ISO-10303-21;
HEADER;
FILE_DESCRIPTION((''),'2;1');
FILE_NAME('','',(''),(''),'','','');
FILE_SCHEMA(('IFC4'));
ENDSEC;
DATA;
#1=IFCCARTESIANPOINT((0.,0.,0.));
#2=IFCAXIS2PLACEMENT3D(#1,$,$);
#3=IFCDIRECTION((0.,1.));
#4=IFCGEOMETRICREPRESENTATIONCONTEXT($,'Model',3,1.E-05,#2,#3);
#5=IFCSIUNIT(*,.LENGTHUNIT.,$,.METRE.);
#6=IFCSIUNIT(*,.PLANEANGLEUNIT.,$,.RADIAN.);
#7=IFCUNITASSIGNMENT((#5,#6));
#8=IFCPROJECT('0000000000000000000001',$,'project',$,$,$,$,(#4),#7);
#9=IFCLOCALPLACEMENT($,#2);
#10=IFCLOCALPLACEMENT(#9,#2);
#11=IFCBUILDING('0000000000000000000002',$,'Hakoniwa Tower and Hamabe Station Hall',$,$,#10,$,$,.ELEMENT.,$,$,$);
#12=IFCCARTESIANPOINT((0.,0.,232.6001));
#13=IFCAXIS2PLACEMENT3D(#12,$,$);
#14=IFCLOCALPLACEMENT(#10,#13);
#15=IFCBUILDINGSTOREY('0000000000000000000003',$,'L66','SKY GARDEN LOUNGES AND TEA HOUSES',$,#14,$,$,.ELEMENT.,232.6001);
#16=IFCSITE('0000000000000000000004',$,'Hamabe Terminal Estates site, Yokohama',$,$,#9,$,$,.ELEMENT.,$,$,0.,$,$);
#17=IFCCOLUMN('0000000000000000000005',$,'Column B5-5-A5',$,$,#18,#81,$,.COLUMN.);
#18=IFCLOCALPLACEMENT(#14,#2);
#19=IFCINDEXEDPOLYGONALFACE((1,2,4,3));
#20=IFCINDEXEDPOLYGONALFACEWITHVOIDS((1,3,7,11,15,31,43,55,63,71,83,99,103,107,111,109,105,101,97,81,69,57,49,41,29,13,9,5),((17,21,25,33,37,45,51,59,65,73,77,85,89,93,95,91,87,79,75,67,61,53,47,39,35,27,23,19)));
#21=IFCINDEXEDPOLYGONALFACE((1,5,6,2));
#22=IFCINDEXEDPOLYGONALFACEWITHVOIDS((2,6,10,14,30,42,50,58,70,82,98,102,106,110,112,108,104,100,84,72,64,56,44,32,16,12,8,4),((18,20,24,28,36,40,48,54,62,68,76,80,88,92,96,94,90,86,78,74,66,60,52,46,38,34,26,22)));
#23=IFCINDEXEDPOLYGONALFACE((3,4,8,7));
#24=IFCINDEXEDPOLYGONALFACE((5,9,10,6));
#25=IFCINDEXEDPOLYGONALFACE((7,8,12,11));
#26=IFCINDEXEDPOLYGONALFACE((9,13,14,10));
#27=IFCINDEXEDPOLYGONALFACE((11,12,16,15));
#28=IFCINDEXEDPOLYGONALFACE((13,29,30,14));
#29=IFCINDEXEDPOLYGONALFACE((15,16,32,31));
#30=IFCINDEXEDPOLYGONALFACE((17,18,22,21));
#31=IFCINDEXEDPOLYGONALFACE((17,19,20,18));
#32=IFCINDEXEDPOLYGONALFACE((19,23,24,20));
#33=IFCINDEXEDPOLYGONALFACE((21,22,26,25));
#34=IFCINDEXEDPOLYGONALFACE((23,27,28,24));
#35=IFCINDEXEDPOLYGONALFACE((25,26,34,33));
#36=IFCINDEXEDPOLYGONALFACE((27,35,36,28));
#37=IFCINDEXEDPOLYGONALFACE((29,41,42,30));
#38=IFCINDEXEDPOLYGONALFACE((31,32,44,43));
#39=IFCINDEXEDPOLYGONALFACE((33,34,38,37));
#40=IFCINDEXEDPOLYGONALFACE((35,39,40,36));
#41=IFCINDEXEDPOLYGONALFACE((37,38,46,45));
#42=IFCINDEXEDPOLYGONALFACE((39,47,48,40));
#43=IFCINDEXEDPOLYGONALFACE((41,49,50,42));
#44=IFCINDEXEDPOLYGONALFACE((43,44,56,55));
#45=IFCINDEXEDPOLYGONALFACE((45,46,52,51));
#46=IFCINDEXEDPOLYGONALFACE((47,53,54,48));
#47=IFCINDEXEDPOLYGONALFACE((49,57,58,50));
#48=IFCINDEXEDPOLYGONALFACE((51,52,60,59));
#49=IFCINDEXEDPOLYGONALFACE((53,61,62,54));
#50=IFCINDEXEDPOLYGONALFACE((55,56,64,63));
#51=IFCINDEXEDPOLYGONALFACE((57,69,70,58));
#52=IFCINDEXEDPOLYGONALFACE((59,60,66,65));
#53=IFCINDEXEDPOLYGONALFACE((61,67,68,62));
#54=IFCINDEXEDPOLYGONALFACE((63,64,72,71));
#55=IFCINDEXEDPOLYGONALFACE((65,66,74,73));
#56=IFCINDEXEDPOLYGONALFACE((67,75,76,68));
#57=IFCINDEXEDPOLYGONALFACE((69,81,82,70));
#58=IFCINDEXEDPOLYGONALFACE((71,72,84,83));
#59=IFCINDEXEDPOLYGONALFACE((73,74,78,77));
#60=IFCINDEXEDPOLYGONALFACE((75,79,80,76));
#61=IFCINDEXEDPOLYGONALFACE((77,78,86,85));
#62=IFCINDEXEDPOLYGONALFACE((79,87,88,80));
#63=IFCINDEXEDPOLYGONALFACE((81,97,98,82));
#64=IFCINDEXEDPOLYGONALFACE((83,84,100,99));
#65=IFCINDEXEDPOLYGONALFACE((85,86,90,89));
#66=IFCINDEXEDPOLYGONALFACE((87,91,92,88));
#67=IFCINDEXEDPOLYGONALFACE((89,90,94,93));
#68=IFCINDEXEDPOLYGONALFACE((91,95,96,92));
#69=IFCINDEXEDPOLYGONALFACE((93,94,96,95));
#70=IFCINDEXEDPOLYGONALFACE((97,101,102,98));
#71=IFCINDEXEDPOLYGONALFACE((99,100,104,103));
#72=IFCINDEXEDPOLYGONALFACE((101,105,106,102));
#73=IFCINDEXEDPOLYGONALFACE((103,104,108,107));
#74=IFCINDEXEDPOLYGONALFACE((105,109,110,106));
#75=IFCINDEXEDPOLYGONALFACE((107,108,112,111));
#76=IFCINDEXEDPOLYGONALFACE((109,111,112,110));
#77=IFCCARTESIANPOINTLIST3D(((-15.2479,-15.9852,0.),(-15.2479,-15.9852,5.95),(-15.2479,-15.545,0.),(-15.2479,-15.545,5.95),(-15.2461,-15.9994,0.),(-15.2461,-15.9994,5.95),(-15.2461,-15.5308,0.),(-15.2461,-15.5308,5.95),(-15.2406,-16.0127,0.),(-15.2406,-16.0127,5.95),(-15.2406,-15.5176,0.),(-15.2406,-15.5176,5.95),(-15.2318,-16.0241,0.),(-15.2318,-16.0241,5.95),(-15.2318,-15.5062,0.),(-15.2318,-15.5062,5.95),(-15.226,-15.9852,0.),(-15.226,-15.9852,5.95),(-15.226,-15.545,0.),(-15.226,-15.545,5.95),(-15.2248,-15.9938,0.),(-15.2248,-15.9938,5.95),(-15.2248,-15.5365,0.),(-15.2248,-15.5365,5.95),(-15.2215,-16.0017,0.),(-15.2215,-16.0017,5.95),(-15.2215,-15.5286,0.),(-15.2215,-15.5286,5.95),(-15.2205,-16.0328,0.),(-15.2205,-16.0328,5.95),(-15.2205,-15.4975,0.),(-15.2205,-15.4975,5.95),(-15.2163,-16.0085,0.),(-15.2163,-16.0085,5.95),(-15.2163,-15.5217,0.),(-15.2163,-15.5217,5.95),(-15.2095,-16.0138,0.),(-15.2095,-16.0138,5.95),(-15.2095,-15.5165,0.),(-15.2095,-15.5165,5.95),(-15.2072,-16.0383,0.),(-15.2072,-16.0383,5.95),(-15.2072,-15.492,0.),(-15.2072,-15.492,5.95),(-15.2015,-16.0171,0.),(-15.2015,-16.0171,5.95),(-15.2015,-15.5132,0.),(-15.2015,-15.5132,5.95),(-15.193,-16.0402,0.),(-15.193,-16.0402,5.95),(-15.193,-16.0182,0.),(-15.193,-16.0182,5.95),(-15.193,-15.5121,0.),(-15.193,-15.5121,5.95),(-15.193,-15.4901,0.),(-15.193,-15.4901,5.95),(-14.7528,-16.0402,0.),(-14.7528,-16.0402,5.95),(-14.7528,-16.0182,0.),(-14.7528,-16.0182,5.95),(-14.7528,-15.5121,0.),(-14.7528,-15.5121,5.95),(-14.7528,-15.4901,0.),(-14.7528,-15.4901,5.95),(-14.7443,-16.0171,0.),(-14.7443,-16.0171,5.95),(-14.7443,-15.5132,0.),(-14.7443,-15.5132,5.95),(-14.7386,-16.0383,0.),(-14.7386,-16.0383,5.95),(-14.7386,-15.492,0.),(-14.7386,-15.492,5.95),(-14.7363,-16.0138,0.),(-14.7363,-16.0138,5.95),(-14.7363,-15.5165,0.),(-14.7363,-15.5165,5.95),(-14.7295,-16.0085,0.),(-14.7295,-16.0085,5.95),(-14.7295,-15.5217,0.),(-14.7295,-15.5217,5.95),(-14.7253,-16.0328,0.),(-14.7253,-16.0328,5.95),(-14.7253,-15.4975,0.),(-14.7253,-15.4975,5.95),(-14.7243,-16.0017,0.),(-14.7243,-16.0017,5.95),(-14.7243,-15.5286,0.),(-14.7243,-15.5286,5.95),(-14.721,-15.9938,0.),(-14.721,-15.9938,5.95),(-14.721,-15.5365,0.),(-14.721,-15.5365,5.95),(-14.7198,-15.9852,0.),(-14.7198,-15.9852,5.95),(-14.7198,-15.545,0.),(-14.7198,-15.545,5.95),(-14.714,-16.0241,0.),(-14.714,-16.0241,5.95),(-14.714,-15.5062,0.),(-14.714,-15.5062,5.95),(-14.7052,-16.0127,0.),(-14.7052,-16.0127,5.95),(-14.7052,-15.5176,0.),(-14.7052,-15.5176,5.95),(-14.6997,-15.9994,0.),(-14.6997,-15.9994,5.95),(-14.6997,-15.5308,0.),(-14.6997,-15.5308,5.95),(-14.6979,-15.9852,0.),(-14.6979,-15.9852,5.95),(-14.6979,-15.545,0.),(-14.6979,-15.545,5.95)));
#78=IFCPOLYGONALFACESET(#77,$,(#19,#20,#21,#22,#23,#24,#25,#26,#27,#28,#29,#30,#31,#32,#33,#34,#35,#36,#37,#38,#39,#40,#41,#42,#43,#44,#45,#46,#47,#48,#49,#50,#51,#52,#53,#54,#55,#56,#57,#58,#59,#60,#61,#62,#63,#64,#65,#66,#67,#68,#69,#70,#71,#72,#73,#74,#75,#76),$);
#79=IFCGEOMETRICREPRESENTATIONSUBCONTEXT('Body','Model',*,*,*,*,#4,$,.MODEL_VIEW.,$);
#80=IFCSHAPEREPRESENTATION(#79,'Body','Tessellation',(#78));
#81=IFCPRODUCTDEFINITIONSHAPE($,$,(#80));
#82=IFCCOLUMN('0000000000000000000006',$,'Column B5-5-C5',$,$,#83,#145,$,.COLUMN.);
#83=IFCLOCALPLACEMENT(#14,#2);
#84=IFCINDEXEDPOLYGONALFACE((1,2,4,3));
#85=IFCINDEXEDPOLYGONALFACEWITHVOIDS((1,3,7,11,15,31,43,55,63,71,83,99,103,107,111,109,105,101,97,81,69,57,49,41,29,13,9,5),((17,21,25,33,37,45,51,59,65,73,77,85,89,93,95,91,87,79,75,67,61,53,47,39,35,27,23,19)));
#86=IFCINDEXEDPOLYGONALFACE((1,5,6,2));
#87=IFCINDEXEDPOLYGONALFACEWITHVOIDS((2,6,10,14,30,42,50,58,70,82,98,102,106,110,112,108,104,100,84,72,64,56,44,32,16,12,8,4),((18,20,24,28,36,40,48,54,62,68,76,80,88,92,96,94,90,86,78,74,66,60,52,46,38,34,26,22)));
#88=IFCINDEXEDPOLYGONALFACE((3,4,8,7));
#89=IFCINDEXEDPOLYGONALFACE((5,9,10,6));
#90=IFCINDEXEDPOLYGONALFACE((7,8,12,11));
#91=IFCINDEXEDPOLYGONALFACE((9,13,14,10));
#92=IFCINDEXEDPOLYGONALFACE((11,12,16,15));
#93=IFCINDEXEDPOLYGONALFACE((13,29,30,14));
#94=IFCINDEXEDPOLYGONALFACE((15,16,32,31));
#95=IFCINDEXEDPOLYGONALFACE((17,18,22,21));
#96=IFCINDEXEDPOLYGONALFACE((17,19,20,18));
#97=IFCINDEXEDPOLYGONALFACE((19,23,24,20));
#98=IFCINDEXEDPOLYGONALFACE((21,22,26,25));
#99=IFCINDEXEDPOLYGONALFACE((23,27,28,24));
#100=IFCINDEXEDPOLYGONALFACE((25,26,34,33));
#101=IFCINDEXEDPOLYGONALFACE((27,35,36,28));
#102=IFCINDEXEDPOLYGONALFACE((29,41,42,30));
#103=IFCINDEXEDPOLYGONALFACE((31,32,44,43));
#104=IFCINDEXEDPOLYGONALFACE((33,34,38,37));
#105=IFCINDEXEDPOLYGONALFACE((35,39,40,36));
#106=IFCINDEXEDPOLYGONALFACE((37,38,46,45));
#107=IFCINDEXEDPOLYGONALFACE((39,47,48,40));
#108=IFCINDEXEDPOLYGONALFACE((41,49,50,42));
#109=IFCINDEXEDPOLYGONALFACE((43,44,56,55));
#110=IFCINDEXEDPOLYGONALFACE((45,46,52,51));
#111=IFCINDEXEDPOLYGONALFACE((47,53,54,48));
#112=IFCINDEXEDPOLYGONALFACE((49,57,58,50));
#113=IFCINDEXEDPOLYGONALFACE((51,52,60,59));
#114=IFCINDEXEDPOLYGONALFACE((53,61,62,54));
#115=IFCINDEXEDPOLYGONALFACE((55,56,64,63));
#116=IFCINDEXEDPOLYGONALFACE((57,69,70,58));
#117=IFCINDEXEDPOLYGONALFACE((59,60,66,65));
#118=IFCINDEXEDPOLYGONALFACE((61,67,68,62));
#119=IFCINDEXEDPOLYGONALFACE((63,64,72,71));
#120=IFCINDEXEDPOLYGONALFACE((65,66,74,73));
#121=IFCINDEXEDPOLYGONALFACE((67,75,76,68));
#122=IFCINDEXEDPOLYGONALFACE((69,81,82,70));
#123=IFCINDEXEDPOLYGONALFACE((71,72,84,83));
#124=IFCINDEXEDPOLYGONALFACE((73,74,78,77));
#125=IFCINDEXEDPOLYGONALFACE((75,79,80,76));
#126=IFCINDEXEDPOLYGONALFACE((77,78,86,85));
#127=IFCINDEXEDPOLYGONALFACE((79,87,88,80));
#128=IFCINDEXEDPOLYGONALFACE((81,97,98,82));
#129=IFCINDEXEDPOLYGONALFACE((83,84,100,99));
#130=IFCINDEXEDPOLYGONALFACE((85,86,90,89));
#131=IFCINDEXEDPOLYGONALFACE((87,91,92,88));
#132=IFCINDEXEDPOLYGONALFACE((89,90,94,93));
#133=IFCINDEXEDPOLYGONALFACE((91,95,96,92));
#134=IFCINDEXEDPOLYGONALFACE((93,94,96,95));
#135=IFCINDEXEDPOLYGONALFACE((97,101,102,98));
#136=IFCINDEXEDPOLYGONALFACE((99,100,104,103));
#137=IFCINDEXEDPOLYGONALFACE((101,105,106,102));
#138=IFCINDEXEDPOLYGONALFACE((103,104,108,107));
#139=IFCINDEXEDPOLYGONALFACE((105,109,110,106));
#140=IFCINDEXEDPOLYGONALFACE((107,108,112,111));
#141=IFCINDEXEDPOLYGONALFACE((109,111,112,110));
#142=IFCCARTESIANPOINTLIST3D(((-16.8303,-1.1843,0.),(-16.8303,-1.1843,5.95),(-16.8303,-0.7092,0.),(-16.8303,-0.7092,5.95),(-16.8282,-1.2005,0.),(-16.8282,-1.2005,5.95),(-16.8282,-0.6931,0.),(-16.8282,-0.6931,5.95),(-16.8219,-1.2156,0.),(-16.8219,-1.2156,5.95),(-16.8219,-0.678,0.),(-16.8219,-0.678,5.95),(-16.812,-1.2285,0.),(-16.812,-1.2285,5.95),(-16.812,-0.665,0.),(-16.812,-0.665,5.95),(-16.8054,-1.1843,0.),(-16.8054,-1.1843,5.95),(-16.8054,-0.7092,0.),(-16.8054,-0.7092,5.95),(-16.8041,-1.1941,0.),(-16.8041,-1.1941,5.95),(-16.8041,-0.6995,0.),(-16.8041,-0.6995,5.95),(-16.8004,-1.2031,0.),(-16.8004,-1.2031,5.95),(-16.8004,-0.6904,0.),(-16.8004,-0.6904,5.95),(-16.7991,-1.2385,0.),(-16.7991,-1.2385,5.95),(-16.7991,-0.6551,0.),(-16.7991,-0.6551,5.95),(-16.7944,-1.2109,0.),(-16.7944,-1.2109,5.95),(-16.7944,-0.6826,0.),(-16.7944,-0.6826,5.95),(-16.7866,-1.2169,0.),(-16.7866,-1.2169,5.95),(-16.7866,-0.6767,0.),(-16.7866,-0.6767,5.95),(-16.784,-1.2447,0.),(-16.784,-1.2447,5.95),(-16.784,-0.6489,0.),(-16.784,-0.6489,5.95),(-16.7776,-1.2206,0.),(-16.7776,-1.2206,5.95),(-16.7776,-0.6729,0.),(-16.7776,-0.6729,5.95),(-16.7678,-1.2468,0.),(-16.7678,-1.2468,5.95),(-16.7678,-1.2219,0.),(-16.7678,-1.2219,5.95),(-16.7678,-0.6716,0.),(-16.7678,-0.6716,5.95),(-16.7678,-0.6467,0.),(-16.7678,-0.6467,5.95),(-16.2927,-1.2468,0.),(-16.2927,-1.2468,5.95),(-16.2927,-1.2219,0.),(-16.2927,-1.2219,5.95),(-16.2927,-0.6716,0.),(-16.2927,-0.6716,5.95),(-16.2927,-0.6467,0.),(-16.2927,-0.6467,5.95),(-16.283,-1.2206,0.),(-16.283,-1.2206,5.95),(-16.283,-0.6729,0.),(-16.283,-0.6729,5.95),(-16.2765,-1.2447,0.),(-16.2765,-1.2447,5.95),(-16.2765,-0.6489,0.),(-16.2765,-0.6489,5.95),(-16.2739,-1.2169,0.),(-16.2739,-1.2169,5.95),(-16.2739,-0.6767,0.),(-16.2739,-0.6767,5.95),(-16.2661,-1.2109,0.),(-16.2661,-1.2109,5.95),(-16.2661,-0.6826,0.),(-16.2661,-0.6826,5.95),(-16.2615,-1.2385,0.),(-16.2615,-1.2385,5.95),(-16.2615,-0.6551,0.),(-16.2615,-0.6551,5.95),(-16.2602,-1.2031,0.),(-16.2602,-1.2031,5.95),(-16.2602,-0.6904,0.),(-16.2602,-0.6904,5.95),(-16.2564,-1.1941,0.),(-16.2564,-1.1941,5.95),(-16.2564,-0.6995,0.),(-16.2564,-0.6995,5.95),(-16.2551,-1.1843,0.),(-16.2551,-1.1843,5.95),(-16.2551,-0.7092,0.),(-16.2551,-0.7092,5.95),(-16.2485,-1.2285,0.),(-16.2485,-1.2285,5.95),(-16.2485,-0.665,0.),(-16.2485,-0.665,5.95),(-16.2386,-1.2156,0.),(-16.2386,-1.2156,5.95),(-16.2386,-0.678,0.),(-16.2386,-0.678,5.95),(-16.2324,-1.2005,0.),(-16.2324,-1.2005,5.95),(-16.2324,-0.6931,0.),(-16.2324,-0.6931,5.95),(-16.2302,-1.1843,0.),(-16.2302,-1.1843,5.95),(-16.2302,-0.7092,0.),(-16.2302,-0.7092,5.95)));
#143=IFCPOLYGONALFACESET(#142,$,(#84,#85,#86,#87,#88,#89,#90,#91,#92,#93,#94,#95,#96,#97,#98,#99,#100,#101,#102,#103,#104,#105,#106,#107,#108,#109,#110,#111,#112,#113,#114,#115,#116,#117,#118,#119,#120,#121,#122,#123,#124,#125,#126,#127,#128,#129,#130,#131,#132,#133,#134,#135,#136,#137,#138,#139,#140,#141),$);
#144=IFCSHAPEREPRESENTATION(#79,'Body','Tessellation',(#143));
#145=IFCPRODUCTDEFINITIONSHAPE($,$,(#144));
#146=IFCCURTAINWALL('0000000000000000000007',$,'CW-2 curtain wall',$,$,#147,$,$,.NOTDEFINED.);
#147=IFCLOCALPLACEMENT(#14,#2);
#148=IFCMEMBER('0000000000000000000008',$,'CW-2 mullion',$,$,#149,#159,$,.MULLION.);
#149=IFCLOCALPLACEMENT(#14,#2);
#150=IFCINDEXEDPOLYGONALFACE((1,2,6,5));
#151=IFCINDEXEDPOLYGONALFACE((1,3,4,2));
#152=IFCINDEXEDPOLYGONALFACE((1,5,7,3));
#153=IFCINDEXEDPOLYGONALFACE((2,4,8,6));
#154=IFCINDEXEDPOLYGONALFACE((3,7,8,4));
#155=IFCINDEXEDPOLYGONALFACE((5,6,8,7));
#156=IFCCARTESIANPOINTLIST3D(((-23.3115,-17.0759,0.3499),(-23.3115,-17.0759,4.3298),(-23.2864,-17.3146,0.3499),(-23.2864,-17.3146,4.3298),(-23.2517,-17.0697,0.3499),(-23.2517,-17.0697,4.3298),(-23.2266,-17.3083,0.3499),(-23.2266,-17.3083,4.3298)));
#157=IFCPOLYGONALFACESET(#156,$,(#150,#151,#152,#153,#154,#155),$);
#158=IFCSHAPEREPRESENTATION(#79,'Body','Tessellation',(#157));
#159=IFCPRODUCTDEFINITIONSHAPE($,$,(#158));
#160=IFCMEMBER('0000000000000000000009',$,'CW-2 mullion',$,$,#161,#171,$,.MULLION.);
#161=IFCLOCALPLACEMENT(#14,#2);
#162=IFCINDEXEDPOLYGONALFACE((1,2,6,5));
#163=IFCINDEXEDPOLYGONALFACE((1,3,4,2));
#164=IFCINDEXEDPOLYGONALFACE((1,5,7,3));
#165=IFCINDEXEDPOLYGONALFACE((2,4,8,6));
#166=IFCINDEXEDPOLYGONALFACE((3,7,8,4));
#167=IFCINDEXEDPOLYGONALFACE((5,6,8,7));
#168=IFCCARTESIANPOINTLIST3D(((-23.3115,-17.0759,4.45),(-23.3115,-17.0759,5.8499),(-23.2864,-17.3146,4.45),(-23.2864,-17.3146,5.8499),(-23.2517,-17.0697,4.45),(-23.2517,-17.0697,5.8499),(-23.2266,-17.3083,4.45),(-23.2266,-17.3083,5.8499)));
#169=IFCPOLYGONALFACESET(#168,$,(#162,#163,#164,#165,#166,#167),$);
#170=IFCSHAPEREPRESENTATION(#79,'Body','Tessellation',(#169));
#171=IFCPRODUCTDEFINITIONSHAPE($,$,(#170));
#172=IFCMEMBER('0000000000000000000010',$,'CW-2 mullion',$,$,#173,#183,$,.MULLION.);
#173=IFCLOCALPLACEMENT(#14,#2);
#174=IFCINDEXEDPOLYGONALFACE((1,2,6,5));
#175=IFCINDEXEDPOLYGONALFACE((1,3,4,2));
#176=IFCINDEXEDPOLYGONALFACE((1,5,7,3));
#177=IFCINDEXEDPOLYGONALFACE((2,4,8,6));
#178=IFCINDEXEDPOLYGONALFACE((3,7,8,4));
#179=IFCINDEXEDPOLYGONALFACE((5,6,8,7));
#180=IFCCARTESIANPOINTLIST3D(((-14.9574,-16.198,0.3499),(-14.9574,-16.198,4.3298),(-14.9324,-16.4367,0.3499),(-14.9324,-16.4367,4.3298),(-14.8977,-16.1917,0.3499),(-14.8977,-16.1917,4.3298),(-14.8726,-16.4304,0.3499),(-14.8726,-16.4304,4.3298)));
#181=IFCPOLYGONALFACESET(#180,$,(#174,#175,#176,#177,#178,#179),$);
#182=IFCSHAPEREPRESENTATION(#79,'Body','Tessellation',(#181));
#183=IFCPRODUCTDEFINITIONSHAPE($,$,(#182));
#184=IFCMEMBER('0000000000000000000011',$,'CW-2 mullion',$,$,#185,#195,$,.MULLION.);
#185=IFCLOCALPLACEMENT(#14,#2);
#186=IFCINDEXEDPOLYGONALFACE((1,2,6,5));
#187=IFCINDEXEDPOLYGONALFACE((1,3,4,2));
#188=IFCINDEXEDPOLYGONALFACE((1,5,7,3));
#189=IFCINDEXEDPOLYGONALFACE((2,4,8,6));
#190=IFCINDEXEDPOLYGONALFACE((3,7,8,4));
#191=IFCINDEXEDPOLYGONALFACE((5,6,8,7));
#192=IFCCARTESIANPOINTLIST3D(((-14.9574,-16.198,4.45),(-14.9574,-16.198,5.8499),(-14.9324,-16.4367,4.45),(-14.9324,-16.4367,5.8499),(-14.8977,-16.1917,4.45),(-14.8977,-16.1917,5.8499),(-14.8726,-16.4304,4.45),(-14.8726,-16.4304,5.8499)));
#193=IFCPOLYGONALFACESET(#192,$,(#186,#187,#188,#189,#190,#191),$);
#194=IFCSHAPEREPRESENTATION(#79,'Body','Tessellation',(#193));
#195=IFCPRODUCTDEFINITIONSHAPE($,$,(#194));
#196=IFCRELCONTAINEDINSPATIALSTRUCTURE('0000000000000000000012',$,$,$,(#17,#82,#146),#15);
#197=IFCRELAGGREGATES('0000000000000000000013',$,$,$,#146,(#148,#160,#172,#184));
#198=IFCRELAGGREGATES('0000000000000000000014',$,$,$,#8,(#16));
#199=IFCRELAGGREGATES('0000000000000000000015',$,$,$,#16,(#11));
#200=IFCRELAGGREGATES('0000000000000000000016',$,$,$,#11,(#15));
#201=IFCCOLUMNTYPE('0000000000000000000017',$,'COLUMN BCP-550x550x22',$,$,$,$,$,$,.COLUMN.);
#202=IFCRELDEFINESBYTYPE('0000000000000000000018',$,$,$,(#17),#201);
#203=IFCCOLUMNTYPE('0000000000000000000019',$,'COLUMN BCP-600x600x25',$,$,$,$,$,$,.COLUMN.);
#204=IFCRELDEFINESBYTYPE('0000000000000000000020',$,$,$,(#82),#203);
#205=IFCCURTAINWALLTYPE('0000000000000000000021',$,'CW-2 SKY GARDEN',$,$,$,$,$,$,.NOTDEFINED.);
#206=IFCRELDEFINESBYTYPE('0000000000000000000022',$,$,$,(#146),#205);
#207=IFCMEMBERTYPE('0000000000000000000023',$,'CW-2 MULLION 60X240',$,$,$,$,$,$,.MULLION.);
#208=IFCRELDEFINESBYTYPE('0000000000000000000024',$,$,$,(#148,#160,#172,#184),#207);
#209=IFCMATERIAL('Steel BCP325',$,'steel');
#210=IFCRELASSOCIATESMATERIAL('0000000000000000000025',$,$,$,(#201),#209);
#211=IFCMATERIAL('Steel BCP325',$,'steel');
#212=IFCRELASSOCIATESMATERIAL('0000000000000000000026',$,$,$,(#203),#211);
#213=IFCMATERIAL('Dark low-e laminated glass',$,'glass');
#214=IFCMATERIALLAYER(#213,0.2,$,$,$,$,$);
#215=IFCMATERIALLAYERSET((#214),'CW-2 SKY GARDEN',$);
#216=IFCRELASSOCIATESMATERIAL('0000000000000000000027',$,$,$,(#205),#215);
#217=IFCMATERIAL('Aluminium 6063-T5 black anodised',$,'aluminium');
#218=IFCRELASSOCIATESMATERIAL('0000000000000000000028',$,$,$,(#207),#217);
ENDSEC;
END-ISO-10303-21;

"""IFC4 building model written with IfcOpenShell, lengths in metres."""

from ifc_helpers import new_model, si_unit, direction, frame, origin, origin_2d, place, context, subcontext, project, spatial, rectangle, hollow_rectangle, extrude, material, layer, layer_set, material_profile, profile_set, type_object, element, aggregate, save


model = new_model("IFC4")

# Units and contexts
model_context = context("Model", 3, precision=1e-05, world=origin(), true_north=direction((0.0, 1.0)))
body_context = subcontext(model_context, "Body", "Model", "MODEL_VIEW")
ifc_project = project(units=[si_unit("LENGTHUNIT", "METRE"), si_unit("PLANEANGLEUNIT", "RADIAN")], contexts=[model_context])

# Site, building, storey
site_placement = place(None, origin())
site = spatial("IfcSite", under=ifc_project, at=site_placement, Name="Hamabe Terminal Estates site, Yokohama", CompositionType="ELEMENT", RefElevation=0.0)
building_placement = place(site_placement, origin())
building = spatial("IfcBuilding", under=site, at=building_placement, Name="Hakoniwa Tower and Hamabe Station Hall", CompositionType="ELEMENT")
storey_placement = place(building_placement, frame((0.0, 0.0, 232.6001)))
storey = spatial("IfcBuildingStorey", under=building, at=storey_placement, Name="L66", Description="SKY GARDEN LOUNGES AND TEA HOUSES", CompositionType="ELEMENT", Elevation=232.6001)

# Columns
ifc_material_1 = material(Name="Steel BCP325", Category="steel")
ifc_material_profile_1 = material_profile(ifc_material_1, hollow_rectangle(XDim=0.55, YDim=0.55, WallThickness=0.022, InnerFilletRadius=0.033, OuterFilletRadius=0.0549, at=origin_2d()), Name="BCP-550x550x22")
ifc_profile_set_1 = profile_set([ifc_material_profile_1], Name="Steel BCP325")
column_type_1 = type_object("IfcColumnType", Name="COLUMN BCP-550x550x22", PredefinedType="COLUMN", material=ifc_profile_set_1)
column_1_placement = place(storey_placement, frame((-14.9729, -15.7651, 0.0), z_axis=(0.0, 0.0, 1.0), x_axis=(1.0, 0.0, 0.0)))
element("IfcColumn", 1, at=column_1_placement, inside=storey, type_object=column_type_1, Name="Column B5-5-A5", PredefinedType="COLUMN", context=body_context, shape_type="SweptSolid", body=[
    extrude(hollow_rectangle(XDim=0.55, YDim=0.55, WallThickness=0.022, InnerFilletRadius=0.033, OuterFilletRadius=0.0549, at=origin_2d()), origin(), (0.0, 0.0, 1.0), 5.95),
])
ifc_material_2 = material(Name="Steel BCP325", Category="steel")
ifc_material_profile_2 = material_profile(ifc_material_2, hollow_rectangle(XDim=0.6001, YDim=0.6001, WallThickness=0.0249, InnerFilletRadius=0.0376, OuterFilletRadius=0.0625, at=origin_2d()), Name="BCP-600x600x25")
ifc_profile_set_2 = profile_set([ifc_material_profile_2], Name="Steel BCP325")
column_type_2 = type_object("IfcColumnType", Name="COLUMN BCP-600x600x25", PredefinedType="COLUMN", material=ifc_profile_set_2)
column_2_placement = place(storey_placement, frame((-16.5303, -0.9468, 0.0), z_axis=(0.0, 0.0, 1.0), x_axis=(1.0, 0.0, 0.0)))
element("IfcColumn", 2, at=column_2_placement, inside=storey, type_object=column_type_2, Name="Column B5-5-C5", PredefinedType="COLUMN", context=body_context, shape_type="SweptSolid", body=[
    extrude(hollow_rectangle(XDim=0.6001, YDim=0.6001, WallThickness=0.0249, InnerFilletRadius=0.0376, OuterFilletRadius=0.0625, at=origin_2d()), origin(), (0.0, 0.0, 1.0), 5.95),
])

# Curtain wall, members
ifc_material_3 = material(Name="Dark low-e laminated glass", Category="glass")
ifc_layer_1 = layer(ifc_material_3, 0.2)
ifc_layer_set_1 = layer_set([ifc_layer_1], Name="CW-2 SKY GARDEN")
curtain_wall_type = type_object("IfcCurtainWallType", Name="CW-2 SKY GARDEN", PredefinedType="NOTDEFINED", material=ifc_layer_set_1)
curtain_wall_placement = place(storey_placement, origin())
curtain_wall = element("IfcCurtainWall", 3, at=curtain_wall_placement, inside=storey, type_object=curtain_wall_type, Name="CW-2 curtain wall", PredefinedType="NOTDEFINED")
ifc_material_4 = material(Name="Aluminium 6063-T5 black anodised", Category="aluminium")
ifc_material_profile_3 = material_profile(ifc_material_4, rectangle(XDim=0.0601, YDim=0.24, at=origin_2d()), Name="CW-2 MULLION 60X240")
ifc_profile_set_3 = profile_set([ifc_material_profile_3], Name="Aluminium 6063-T5 black anodised")
member_type = type_object("IfcMemberType", Name="CW-2 MULLION 60X240", PredefinedType="MULLION", material=ifc_profile_set_3)
member_1_placement = place(storey_placement, frame((-23.269, -17.1921, 0.3499), z_axis=(0.0, 0.0, 1.0), x_axis=(0.994522, 0.104528, 0.0)))
member_1 = element("IfcMember", 4, at=member_1_placement, type_object=member_type, Name="CW-2 mullion", PredefinedType="MULLION", context=body_context, shape_type="SweptSolid", body=[
    extrude(rectangle(XDim=0.0601, YDim=0.24, at=origin_2d()), origin(), (0.0, 0.0, 1.0), 3.98),
])
member_2_placement = place(storey_placement, frame((-23.269, -17.1921, 4.45), z_axis=(0.0, 0.0, 1.0), x_axis=(0.994522, 0.104528, 0.0)))
member_2 = element("IfcMember", 5, at=member_2_placement, type_object=member_type, Name="CW-2 mullion", PredefinedType="MULLION", context=body_context, shape_type="SweptSolid", body=[
    extrude(rectangle(XDim=0.0601, YDim=0.24, at=origin_2d()), origin(), (0.0, 0.0, 1.0), 1.3999),
])
member_3_placement = place(storey_placement, frame((-14.915, -16.3142, 0.3499), z_axis=(0.0, 0.0, 1.0), x_axis=(0.994522, 0.104528, 0.0)))
member_3 = element("IfcMember", 6, at=member_3_placement, type_object=member_type, Name="CW-2 mullion", PredefinedType="MULLION", context=body_context, shape_type="SweptSolid", body=[
    extrude(rectangle(XDim=0.0601, YDim=0.24, at=origin_2d()), origin(), (0.0, 0.0, 1.0), 3.98),
])
member_4_placement = place(storey_placement, frame((-14.915, -16.3142, 4.45), z_axis=(0.0, 0.0, 1.0), x_axis=(0.994522, 0.104528, 0.0)))
member_4 = element("IfcMember", 7, at=member_4_placement, type_object=member_type, Name="CW-2 mullion", PredefinedType="MULLION", context=body_context, shape_type="SweptSolid", body=[
    extrude(rectangle(XDim=0.0601, YDim=0.24, at=origin_2d()), origin(), (0.0, 0.0, 1.0), 1.3999),
])

aggregate(curtain_wall, [member_1, member_2, member_3, member_4])

save(model, "model.ifc")
